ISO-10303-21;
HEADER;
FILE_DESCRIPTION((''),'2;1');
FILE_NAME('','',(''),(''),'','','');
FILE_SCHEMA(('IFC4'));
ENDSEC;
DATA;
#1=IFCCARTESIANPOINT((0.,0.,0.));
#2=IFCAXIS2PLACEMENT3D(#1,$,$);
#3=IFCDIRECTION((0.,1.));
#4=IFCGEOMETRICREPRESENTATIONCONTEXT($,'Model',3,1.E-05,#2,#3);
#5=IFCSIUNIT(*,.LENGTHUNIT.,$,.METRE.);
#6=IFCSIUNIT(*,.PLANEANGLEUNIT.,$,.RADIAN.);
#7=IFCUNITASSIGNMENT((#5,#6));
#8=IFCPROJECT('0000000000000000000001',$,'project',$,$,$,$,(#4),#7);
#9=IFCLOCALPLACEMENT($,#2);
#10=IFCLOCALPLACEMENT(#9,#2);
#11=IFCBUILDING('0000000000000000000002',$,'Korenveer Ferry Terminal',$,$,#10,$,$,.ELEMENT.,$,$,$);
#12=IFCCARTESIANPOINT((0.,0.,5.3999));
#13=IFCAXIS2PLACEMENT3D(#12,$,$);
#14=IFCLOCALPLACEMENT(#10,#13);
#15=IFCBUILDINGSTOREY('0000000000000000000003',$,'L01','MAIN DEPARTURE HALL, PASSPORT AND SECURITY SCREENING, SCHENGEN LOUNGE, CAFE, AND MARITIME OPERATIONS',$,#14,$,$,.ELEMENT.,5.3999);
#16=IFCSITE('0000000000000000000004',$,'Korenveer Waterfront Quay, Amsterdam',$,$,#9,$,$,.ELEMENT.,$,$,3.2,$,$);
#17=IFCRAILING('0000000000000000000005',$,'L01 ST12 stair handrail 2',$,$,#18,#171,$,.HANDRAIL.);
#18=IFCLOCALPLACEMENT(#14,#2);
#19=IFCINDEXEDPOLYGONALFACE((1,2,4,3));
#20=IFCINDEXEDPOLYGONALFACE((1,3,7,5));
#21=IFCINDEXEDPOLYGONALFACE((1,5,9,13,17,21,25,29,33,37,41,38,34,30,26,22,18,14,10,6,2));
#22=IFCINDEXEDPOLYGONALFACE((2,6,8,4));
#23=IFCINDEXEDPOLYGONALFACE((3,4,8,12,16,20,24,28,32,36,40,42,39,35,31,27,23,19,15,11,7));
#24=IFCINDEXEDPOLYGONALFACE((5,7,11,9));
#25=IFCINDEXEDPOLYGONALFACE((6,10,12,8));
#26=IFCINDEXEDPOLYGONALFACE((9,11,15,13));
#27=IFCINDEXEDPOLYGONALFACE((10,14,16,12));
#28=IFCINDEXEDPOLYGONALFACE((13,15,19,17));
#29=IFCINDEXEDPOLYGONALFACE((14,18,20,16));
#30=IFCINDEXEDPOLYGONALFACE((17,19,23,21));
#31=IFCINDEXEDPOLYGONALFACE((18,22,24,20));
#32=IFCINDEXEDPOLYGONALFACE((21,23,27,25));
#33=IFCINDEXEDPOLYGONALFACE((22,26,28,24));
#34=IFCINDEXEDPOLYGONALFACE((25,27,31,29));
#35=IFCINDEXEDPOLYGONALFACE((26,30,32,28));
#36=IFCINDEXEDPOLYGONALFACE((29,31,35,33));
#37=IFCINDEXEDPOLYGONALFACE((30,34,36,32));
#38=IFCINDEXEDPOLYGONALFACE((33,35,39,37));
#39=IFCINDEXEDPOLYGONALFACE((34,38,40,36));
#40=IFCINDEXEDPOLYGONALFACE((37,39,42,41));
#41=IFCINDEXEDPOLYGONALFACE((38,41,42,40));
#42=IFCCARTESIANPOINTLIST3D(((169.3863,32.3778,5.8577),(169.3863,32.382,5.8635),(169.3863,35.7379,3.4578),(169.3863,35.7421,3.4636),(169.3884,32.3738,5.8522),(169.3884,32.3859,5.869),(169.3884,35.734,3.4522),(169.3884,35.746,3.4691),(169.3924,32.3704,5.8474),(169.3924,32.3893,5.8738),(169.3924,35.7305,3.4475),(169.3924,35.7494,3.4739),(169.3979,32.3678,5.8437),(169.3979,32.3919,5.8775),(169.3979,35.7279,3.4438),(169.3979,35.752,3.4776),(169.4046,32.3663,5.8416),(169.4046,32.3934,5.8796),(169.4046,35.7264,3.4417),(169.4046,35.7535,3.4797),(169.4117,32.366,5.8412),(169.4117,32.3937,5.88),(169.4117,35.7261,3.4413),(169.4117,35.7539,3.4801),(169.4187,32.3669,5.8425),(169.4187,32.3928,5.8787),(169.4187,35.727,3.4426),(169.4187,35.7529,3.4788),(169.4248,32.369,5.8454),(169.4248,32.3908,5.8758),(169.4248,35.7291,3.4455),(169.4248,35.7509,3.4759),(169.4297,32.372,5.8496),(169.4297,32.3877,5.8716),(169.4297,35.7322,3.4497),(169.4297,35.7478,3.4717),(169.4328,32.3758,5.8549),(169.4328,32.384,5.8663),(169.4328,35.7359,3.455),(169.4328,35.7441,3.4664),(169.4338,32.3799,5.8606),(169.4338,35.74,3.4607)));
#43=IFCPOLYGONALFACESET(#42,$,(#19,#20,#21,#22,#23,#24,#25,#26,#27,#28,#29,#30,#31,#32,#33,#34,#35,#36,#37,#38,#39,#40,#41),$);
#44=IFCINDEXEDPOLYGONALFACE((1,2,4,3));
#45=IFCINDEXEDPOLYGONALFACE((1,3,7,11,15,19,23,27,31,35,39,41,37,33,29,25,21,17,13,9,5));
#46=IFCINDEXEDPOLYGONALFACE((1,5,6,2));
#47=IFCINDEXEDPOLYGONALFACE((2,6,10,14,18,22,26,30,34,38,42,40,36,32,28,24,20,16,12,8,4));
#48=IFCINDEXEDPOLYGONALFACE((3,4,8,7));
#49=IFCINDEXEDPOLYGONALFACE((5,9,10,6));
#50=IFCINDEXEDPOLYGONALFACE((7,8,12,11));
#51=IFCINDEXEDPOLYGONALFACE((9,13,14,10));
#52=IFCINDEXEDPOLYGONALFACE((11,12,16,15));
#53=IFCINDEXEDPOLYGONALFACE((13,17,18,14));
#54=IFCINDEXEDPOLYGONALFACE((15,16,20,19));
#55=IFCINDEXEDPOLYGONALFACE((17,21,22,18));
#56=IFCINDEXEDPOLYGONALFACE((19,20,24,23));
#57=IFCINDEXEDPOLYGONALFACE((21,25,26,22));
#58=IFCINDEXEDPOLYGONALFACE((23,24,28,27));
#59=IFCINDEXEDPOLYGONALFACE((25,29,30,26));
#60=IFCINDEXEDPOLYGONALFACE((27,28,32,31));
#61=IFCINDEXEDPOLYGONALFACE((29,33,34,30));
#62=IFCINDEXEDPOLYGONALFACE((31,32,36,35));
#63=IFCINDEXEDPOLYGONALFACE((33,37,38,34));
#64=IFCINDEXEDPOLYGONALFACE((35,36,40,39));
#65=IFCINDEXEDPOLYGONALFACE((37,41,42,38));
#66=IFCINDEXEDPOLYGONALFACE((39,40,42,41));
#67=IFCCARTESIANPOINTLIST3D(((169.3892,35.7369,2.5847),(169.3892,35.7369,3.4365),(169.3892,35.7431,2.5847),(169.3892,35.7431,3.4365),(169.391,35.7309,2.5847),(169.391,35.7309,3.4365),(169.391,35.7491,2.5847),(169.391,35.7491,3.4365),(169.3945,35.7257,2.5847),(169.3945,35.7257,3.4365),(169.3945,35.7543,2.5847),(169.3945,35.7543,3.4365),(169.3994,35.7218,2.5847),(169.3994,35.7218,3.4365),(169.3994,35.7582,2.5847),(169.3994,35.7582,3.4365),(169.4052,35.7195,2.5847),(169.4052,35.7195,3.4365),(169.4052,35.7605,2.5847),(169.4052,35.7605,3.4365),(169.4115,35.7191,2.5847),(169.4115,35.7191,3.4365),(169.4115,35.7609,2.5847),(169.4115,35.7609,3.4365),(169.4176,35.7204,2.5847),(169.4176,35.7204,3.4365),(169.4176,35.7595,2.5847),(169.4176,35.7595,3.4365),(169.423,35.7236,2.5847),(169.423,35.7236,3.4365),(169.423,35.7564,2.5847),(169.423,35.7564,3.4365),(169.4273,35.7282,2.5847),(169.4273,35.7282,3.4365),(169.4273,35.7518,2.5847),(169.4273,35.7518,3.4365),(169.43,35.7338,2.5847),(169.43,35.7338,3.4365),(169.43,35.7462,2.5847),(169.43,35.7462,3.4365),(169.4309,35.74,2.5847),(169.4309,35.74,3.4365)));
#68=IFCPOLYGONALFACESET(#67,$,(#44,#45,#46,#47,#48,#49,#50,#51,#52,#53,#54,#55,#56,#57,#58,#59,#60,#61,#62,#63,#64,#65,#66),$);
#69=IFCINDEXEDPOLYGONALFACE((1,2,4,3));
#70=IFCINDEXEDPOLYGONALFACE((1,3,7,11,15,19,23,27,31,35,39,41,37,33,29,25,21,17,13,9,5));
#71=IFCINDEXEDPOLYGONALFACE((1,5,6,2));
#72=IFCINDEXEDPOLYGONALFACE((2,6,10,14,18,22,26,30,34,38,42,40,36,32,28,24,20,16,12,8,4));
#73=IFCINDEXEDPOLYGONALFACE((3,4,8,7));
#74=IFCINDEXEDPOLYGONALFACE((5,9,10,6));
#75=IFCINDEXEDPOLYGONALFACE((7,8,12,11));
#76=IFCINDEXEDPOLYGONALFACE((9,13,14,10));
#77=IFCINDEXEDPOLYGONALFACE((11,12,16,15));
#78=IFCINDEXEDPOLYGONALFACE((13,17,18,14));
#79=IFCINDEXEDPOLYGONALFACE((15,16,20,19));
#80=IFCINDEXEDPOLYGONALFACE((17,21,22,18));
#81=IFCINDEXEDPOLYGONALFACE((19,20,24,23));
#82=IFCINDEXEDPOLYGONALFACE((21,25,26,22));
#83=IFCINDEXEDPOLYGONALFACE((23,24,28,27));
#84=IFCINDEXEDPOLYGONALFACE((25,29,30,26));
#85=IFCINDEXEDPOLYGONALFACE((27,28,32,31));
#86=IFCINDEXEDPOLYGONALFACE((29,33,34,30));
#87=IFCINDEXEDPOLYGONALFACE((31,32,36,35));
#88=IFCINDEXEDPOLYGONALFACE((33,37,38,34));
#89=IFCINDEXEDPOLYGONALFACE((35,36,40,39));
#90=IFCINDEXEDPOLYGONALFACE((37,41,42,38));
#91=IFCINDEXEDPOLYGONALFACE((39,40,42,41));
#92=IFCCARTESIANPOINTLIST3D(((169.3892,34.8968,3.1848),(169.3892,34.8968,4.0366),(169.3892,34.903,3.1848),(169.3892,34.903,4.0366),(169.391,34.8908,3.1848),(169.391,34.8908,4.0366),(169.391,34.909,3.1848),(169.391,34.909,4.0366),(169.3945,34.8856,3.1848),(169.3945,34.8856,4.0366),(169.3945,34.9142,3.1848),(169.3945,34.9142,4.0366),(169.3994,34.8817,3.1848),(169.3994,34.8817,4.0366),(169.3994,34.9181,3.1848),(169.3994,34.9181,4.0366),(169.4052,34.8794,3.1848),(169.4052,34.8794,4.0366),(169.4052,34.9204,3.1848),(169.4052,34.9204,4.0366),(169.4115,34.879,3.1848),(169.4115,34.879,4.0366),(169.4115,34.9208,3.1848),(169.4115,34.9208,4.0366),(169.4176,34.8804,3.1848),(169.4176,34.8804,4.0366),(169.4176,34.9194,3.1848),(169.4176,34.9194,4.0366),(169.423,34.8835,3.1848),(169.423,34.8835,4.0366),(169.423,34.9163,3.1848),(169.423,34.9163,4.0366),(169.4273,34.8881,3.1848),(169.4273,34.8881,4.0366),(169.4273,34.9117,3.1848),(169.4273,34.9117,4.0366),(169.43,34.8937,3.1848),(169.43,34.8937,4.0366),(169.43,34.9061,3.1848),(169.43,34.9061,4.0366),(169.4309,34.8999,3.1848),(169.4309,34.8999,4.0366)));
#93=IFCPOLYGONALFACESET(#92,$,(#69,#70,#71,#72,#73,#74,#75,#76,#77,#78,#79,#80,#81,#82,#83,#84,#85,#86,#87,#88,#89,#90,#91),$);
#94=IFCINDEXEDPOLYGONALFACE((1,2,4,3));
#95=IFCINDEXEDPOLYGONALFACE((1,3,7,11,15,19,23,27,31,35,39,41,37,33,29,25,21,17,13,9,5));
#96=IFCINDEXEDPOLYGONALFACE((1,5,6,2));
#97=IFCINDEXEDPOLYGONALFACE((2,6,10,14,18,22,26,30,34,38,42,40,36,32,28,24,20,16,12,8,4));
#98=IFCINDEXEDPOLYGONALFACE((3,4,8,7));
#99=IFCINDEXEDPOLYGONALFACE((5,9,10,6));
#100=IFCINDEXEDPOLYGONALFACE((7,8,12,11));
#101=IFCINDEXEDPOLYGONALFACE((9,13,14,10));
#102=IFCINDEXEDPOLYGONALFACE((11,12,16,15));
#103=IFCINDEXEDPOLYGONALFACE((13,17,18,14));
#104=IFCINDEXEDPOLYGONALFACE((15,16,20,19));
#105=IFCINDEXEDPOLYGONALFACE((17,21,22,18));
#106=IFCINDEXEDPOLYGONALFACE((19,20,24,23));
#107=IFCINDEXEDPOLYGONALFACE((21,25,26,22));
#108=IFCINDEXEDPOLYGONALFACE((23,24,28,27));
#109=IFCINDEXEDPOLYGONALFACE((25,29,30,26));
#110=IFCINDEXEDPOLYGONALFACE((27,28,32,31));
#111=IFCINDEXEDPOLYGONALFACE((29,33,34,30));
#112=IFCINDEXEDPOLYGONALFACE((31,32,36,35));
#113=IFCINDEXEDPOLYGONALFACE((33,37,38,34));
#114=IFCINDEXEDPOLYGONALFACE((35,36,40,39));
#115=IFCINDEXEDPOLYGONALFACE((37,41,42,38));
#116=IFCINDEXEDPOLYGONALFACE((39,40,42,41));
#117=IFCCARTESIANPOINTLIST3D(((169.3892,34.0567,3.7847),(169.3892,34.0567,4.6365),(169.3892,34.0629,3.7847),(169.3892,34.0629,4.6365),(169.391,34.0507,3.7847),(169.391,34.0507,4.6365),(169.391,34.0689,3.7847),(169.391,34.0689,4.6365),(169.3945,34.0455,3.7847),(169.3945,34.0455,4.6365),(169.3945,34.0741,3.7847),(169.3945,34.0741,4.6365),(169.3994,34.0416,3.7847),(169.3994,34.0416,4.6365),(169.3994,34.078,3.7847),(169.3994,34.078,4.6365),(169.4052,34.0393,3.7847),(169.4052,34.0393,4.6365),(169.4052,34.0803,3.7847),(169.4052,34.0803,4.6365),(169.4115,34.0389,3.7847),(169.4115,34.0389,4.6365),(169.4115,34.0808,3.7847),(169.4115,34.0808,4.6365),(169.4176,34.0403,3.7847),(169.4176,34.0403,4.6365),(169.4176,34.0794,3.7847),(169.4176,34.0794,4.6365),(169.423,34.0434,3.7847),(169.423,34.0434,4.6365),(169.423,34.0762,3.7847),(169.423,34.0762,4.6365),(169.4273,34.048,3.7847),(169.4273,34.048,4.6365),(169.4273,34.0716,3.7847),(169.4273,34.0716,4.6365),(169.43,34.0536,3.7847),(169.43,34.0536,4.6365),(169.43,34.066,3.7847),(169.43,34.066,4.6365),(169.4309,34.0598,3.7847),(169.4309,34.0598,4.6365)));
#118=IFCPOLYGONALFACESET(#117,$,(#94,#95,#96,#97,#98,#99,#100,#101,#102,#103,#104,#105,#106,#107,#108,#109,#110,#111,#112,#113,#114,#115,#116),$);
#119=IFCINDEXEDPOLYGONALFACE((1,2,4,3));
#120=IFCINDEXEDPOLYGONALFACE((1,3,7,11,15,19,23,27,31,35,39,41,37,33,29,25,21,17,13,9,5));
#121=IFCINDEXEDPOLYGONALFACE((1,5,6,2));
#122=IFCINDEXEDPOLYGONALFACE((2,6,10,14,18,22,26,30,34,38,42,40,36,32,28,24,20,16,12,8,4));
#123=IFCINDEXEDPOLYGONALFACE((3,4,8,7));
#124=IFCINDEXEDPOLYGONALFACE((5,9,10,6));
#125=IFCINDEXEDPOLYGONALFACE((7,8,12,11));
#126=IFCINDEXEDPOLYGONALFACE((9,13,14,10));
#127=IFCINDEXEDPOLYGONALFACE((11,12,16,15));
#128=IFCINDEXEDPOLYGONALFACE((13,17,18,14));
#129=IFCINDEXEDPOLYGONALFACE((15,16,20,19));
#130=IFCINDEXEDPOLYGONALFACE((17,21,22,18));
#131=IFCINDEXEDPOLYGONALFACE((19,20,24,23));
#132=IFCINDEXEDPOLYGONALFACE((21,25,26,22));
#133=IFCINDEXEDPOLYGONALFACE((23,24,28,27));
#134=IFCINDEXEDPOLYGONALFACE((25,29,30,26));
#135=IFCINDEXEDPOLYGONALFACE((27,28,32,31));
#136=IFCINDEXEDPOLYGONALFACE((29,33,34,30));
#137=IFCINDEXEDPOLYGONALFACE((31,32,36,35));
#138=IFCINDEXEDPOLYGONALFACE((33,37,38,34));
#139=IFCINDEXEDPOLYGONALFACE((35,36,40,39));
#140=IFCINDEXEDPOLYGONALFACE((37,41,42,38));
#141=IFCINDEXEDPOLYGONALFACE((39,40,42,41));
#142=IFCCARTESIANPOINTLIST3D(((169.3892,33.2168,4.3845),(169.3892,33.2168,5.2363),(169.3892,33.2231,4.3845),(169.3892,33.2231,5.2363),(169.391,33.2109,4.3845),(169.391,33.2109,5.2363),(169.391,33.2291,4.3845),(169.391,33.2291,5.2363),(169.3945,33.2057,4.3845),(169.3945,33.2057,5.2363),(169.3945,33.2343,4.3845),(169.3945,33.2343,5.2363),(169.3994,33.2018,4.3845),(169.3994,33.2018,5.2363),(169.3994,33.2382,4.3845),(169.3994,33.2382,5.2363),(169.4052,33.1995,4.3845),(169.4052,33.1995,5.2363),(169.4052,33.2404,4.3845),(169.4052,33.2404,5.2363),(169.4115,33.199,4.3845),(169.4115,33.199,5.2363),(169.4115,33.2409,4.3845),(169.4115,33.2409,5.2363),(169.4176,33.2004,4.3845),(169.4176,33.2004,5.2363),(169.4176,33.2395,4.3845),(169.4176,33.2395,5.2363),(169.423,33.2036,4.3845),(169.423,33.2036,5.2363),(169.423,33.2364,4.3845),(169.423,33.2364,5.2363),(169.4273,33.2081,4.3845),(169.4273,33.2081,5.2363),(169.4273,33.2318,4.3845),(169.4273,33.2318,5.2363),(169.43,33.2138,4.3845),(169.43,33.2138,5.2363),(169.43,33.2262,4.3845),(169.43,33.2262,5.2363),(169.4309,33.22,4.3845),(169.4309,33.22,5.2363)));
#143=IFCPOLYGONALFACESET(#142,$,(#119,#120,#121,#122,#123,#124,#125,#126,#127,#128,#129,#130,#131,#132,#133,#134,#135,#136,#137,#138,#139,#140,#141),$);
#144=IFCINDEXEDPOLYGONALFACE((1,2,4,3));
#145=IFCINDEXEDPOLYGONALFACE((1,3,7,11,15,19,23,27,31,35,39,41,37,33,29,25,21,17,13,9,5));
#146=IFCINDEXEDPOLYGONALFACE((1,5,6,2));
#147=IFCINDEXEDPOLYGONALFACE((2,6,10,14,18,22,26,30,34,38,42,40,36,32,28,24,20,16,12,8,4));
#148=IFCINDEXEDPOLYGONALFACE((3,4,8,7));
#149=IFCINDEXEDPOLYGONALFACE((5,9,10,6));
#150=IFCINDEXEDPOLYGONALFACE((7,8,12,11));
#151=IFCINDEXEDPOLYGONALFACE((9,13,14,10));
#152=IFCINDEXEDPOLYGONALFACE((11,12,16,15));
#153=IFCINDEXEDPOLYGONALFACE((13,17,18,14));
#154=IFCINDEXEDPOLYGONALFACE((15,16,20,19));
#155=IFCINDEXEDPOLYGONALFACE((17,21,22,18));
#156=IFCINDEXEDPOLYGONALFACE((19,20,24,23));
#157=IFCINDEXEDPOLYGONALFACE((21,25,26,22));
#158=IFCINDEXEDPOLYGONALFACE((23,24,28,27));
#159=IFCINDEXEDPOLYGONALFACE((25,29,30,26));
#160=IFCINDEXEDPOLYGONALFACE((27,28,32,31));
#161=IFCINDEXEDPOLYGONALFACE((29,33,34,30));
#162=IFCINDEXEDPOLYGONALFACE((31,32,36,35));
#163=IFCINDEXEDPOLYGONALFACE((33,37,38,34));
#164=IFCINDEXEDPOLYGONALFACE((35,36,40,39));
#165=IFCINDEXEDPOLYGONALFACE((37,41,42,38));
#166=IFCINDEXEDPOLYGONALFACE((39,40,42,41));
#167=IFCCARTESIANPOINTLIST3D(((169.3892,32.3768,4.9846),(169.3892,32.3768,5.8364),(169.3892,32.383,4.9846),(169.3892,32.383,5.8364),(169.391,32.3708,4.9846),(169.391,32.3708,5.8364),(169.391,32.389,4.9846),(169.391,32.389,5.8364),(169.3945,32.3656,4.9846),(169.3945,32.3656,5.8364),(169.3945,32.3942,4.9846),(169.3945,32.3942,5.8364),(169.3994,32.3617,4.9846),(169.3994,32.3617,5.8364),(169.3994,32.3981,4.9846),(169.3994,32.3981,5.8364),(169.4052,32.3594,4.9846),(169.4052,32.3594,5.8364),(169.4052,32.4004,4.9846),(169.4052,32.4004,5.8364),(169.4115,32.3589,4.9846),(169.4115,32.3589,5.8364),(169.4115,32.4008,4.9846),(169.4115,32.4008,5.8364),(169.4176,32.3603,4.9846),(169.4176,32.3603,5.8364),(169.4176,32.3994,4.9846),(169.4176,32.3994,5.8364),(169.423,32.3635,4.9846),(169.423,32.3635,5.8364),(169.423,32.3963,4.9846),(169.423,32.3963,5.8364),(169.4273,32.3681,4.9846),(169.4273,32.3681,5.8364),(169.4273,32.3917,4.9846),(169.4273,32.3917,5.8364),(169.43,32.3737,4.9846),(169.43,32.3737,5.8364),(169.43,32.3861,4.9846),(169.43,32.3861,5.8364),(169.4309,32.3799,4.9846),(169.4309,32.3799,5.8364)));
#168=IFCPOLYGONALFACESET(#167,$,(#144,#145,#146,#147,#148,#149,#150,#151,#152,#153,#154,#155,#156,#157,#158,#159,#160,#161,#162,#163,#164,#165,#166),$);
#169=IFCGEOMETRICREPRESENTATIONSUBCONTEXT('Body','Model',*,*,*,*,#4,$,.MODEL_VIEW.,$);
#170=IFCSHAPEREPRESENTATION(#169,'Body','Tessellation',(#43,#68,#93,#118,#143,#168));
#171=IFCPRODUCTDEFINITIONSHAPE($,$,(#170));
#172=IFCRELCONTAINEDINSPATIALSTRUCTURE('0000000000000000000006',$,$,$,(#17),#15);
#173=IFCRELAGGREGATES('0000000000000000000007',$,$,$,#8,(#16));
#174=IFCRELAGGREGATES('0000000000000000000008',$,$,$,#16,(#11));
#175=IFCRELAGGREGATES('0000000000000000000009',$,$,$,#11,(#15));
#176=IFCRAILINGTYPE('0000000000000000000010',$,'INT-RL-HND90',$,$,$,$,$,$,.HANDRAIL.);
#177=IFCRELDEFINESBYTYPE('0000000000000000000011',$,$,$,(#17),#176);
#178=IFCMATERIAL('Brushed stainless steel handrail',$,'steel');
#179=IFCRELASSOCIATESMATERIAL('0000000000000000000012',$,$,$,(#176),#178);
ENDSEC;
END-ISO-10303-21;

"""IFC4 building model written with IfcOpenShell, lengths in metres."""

from ifc_helpers import new_model, si_unit, direction, frame, origin, origin_2d, place, context, subcontext, project, spatial, circle, extrude, material, type_object, element, save


model = new_model("IFC4")

# Units and contexts
model_context = context("Model", 3, precision=1e-05, world=origin(), true_north=direction((0.0, 1.0)))
body_context = subcontext(model_context, "Body", "Model", "MODEL_VIEW")
ifc_project = project(units=[si_unit("LENGTHUNIT", "METRE"), si_unit("PLANEANGLEUNIT", "RADIAN")], contexts=[model_context])

# Site, building, storey
site_placement = place(None, origin())
site = spatial("IfcSite", under=ifc_project, at=site_placement, Name="Korenveer Waterfront Quay, Amsterdam", CompositionType="ELEMENT", RefElevation=3.2)
building_placement = place(site_placement, origin())
building = spatial("IfcBuilding", under=site, at=building_placement, Name="Korenveer Ferry Terminal", CompositionType="ELEMENT")
storey_placement = place(building_placement, frame((0.0, 0.0, 5.3999)))
storey = spatial("IfcBuildingStorey", under=building, at=storey_placement, Name="L01", Description="MAIN DEPARTURE HALL, PASSPORT AND SECURITY SCREENING, SCHENGEN LOUNGE, CAFE, AND MARITIME OPERATIONS", CompositionType="ELEMENT", Elevation=5.3999)

# Railing
ifc_material_1 = material(Name="Brushed stainless steel handrail", Category="steel")
railing_type_1 = type_object("IfcRailingType", Name="INT-RL-HND90", PredefinedType="HANDRAIL", material=ifc_material_1)
railing_1_placement = place(storey_placement, frame((169.4099, 35.74, 2.5847)))
element("IfcRailing", 1, at=railing_1_placement, inside=storey, type_object=railing_type_1, Name="L01 ST12 stair handrail 2", PredefinedType="HANDRAIL", context=body_context, shape_type="SweptSolid", body=[
    extrude(circle(Radius=0.0239, at=origin_2d()), frame((0.0, 0.0, 0.876), z_axis=(0.0, -0.813753, 0.58121), x_axis=(1.0, 0.0, 0.0)), (0.0, 0.0, 1.0), 4.1292),
    extrude(circle(Radius=0.021, at=origin_2d()), origin(), (0.0, 0.0, 1.0), 0.8518),
    extrude(circle(Radius=0.021, at=origin_2d()), frame((0.0, -0.8401, 0.6001)), (0.0, 0.0, 1.0), 0.8518),
    extrude(circle(Radius=0.021, at=origin_2d()), frame((0.0, -1.6802, 1.2)), (0.0, 0.0, 1.0), 0.8518),
    extrude(circle(Radius=0.021, at=origin_2d()), frame((0.0, -2.52, 1.7998)), (0.0, 0.0, 1.0), 0.8518),
    extrude(circle(Radius=0.021, at=origin_2d()), frame((0.0, -3.3601, 2.3999)), (0.0, 0.0, 1.0), 0.8518),
])

save(model, "model.ifc")
